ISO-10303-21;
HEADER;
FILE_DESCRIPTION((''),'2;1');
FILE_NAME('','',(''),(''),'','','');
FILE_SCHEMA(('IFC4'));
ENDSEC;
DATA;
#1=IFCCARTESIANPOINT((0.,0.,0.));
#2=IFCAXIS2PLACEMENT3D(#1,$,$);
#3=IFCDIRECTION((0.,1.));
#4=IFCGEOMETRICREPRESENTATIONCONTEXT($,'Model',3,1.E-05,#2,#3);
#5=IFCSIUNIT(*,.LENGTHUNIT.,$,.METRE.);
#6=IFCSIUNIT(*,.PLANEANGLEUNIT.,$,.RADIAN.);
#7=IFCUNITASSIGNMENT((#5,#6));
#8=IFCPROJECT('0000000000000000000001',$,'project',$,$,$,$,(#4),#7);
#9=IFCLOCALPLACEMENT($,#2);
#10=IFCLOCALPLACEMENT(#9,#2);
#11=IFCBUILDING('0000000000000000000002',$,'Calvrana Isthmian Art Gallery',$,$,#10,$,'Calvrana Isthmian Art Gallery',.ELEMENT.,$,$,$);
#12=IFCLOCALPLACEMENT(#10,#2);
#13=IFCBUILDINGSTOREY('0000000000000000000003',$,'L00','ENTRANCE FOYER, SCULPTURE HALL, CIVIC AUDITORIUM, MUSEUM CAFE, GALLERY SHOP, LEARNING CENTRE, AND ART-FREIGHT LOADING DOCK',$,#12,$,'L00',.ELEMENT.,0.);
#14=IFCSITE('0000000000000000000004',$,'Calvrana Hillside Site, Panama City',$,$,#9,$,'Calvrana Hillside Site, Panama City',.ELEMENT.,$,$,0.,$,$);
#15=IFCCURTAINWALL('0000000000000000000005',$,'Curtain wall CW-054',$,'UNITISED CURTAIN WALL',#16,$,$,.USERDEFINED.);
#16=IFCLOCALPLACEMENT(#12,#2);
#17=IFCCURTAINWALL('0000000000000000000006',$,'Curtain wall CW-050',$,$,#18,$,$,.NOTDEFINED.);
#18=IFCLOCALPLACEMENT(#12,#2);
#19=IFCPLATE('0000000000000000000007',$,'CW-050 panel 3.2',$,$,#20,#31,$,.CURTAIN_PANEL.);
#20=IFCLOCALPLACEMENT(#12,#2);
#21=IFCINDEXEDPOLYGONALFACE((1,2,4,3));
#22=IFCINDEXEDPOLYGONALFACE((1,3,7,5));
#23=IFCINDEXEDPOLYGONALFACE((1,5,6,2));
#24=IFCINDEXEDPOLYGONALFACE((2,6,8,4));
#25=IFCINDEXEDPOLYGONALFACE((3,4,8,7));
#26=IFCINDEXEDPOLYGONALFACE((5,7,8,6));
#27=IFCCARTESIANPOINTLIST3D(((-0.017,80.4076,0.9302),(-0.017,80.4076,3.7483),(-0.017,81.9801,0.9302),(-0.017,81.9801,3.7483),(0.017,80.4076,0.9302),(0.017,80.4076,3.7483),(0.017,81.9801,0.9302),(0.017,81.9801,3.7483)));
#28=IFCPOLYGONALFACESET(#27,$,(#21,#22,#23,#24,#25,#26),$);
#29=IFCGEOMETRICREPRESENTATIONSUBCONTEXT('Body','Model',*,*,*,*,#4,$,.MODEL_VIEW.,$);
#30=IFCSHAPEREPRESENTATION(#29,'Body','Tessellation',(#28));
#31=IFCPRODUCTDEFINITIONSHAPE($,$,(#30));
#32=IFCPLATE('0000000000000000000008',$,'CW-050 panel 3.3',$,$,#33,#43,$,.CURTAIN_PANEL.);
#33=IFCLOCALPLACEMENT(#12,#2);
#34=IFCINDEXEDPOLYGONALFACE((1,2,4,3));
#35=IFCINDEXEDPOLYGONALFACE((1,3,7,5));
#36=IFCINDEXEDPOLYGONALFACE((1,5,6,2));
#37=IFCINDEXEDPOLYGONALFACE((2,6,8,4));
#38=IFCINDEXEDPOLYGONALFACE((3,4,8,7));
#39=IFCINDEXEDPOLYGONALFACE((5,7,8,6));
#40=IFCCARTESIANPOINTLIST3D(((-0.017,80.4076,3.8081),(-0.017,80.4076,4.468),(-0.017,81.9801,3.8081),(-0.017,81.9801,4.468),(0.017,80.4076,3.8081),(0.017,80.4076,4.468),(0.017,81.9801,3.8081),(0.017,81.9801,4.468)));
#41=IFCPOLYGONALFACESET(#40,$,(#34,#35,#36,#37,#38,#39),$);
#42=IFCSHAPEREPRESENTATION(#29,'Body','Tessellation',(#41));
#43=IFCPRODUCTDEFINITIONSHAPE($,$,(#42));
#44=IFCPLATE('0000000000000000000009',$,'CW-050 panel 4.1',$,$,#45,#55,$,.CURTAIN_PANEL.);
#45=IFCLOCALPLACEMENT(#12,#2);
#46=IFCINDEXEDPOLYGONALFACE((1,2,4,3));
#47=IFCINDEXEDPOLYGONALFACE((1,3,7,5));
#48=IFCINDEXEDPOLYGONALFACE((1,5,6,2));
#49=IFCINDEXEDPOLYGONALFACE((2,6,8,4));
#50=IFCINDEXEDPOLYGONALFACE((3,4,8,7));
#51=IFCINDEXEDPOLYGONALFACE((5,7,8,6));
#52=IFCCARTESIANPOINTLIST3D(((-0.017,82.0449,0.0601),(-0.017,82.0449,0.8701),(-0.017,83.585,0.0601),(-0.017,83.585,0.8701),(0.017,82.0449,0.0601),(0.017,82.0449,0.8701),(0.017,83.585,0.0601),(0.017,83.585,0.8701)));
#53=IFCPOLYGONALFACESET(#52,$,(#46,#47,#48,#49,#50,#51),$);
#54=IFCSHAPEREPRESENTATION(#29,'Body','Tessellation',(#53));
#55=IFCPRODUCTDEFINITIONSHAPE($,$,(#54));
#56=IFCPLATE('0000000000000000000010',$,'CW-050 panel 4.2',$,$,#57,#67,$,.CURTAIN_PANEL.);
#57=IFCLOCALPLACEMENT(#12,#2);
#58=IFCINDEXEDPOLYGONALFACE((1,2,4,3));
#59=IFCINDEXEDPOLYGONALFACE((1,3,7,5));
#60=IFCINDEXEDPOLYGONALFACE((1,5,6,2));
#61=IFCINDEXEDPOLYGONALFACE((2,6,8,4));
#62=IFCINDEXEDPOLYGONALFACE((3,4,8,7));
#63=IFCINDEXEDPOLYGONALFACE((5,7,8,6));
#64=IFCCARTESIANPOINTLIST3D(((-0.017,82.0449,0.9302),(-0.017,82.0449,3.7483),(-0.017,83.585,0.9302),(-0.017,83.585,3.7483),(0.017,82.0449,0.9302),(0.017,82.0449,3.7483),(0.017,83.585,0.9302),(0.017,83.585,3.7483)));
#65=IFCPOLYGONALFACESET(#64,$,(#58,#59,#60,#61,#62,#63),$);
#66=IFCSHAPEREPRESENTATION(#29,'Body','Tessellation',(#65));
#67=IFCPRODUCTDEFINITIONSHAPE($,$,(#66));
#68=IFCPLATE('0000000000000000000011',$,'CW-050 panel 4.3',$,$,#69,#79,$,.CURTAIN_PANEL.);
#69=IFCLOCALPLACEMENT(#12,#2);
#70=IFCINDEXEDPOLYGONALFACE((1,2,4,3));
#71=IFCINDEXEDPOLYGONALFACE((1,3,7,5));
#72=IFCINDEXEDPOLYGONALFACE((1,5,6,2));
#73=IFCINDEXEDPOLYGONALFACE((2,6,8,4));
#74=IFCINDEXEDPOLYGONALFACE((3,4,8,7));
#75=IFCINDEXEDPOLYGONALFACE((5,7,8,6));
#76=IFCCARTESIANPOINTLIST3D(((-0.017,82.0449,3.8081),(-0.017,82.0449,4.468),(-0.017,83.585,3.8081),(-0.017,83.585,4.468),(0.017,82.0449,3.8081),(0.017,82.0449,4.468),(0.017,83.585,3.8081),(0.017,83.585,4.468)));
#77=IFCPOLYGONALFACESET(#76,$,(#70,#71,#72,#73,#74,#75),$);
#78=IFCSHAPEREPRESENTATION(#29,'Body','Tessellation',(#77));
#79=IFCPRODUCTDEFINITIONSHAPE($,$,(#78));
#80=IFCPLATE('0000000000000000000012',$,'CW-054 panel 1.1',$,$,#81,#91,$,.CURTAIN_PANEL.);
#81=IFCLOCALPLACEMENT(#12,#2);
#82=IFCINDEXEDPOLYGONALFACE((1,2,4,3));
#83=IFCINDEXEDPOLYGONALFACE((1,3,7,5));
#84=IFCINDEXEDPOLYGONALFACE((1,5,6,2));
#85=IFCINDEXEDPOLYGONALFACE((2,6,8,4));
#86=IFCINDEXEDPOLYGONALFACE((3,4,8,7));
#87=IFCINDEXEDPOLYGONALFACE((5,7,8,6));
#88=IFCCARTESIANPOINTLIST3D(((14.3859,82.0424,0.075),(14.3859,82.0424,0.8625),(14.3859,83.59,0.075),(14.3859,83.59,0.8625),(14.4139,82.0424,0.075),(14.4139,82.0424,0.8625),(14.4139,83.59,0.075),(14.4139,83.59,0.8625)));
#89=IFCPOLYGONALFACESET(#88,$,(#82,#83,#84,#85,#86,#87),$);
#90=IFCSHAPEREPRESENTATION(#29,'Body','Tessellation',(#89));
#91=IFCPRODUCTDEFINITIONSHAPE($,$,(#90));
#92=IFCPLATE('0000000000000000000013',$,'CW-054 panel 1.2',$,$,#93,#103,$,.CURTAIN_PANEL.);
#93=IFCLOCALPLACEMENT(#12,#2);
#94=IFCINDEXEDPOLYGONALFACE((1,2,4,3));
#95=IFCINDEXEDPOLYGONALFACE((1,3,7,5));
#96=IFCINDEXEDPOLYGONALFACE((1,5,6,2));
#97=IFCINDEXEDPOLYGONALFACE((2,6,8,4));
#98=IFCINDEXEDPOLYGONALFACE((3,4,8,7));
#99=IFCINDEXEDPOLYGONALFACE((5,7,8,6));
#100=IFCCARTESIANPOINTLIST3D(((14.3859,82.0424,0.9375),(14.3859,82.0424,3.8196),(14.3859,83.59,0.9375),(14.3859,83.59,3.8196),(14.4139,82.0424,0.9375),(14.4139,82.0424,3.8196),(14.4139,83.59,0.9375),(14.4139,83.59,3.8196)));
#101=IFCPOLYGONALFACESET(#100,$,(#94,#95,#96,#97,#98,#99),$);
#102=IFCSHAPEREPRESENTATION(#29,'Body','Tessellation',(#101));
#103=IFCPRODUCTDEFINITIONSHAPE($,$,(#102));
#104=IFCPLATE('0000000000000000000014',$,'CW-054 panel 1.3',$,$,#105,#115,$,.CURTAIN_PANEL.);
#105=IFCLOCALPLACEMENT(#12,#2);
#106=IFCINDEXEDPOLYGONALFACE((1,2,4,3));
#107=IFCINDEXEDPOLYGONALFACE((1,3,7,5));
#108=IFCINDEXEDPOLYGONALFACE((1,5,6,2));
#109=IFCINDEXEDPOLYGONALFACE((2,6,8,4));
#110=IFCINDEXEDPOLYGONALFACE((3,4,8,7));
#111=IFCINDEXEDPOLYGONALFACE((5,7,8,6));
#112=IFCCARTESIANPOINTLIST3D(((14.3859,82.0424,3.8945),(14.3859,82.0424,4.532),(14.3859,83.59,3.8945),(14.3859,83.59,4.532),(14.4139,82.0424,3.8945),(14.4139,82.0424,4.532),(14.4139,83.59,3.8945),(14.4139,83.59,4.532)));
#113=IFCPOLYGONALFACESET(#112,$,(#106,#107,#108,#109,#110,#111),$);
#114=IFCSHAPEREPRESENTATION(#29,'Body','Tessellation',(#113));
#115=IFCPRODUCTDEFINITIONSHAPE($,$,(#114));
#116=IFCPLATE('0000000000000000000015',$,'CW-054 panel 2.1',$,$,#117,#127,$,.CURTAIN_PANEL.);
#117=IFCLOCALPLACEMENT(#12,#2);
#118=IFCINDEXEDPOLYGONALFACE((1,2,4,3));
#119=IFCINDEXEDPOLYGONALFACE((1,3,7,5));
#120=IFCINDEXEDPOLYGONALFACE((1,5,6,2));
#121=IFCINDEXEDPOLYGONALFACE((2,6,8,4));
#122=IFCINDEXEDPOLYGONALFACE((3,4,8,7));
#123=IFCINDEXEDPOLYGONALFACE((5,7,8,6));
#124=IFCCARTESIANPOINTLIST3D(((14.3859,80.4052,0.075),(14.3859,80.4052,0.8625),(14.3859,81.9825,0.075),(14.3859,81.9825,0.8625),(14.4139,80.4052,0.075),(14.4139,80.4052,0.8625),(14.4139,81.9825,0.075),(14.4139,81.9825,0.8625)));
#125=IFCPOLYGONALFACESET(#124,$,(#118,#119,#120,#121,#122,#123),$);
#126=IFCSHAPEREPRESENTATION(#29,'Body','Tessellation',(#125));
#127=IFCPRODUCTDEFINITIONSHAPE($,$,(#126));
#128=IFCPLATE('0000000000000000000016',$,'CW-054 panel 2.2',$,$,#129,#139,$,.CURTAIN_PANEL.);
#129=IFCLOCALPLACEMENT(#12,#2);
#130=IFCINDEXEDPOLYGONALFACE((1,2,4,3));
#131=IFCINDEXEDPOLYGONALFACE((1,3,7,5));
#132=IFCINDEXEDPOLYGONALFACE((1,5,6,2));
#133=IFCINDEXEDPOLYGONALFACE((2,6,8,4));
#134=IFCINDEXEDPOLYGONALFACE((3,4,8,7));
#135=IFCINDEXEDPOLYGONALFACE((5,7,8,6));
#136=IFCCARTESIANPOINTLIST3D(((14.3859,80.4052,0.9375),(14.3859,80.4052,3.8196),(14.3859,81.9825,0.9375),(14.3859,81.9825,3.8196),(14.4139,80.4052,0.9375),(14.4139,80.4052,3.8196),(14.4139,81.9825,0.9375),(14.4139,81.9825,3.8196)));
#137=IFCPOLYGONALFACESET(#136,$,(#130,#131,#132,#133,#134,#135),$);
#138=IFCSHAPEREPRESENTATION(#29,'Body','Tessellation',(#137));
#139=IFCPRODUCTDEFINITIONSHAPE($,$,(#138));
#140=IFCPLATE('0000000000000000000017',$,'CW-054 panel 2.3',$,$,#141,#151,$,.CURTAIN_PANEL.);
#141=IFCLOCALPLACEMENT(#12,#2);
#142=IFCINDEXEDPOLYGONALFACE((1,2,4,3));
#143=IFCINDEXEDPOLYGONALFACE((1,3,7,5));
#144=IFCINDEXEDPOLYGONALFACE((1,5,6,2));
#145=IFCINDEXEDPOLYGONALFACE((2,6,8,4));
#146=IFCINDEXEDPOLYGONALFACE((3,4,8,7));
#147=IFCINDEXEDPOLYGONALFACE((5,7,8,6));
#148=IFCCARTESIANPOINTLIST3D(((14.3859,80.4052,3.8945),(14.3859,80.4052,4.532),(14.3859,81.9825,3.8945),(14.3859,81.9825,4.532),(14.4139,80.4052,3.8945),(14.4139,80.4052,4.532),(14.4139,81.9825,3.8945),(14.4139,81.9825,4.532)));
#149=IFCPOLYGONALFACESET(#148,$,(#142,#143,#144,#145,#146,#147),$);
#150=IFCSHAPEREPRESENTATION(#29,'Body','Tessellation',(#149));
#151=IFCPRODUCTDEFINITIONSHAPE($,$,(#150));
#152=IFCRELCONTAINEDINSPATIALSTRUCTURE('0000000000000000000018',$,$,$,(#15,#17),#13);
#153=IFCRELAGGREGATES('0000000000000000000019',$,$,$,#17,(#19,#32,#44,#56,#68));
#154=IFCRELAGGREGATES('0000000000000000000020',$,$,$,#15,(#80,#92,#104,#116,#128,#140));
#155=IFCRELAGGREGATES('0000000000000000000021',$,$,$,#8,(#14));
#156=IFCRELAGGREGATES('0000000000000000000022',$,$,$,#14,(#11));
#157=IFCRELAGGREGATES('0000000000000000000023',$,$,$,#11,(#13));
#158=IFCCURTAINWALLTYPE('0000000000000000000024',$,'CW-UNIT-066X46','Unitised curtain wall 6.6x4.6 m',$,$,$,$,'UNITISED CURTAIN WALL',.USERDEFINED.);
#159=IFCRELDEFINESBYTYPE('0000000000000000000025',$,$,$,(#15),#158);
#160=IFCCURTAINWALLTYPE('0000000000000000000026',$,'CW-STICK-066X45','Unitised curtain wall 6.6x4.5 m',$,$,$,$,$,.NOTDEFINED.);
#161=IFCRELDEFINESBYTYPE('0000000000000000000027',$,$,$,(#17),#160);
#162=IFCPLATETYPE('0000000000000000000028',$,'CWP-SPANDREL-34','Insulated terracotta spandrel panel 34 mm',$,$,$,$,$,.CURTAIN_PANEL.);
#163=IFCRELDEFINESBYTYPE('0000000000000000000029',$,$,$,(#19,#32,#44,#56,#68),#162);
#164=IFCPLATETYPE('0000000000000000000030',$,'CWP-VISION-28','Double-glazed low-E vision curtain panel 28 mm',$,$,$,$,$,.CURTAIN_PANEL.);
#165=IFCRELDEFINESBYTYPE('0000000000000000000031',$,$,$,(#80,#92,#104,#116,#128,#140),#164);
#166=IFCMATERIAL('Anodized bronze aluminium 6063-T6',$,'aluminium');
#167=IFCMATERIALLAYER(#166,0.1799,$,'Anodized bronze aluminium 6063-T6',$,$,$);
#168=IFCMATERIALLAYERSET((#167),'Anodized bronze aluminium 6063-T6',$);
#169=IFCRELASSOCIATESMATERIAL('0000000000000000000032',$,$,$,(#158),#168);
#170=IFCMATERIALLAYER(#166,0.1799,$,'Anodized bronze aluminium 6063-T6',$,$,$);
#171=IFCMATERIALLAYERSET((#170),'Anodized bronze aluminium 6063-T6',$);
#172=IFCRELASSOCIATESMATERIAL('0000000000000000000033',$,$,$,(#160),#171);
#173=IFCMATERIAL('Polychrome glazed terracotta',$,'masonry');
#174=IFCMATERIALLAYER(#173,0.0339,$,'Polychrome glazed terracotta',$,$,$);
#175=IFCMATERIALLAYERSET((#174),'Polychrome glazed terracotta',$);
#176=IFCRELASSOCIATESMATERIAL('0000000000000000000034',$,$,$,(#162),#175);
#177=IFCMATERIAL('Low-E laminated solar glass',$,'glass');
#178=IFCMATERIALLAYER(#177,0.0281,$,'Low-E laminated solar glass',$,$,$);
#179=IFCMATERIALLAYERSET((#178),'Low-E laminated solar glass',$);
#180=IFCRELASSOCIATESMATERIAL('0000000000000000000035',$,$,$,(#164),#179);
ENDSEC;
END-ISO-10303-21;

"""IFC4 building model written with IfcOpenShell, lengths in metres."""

from ifc_helpers import new_model, si_unit, direction, frame, origin, origin_2d, place, context, subcontext, project, spatial, rectangle, extrude, material, layer, layer_set, type_object, element, aggregate, save


model = new_model("IFC4")

# Units and contexts
model_context = context("Model", 3, precision=1e-05, world=origin(), true_north=direction((0.0, 1.0)))
body_context = subcontext(model_context, "Body", "Model", "MODEL_VIEW")
ifc_project = project(units=[si_unit("LENGTHUNIT", "METRE"), si_unit("PLANEANGLEUNIT", "RADIAN")], contexts=[model_context])

# Site, building, storey
site_placement = place(None, origin())
site = spatial("IfcSite", under=ifc_project, at=site_placement, Name="Calvrana Hillside Site, Panama City", LongName="Calvrana Hillside Site, Panama City", CompositionType="ELEMENT", RefElevation=0.0)
building_placement = place(site_placement, origin())
building = spatial("IfcBuilding", under=site, at=building_placement, Name="Calvrana Isthmian Art Gallery", LongName="Calvrana Isthmian Art Gallery", CompositionType="ELEMENT")
storey_placement = place(building_placement, origin())
storey = spatial("IfcBuildingStorey", under=building, at=storey_placement, Name="L00", Description="ENTRANCE FOYER, SCULPTURE HALL, CIVIC AUDITORIUM, MUSEUM CAFE, GALLERY SHOP, LEARNING CENTRE, AND ART-FREIGHT LOADING DOCK", LongName="L00", CompositionType="ELEMENT", Elevation=0.0)

# Curtain wall
ifc_material_1 = material(Name="Anodized bronze aluminium 6063-T6", Category="aluminium")
ifc_layer_1 = layer(ifc_material_1, 0.1799, Name="Anodized bronze aluminium 6063-T6")
ifc_layer_set_1 = layer_set([ifc_layer_1], Name="Anodized bronze aluminium 6063-T6")
curtain_wall_type_1 = type_object("IfcCurtainWallType", Name="CW-UNIT-066X46", Description="Unitised curtain wall 6.6x4.6 m", ElementType="UNITISED CURTAIN WALL", PredefinedType="USERDEFINED", material=ifc_layer_set_1)
curtain_wall_1_placement = place(storey_placement, origin())
curtain_wall_1 = element("IfcCurtainWall", 1, at=curtain_wall_1_placement, inside=storey, type_object=curtain_wall_type_1, Name="Curtain wall CW-054", ObjectType="UNITISED CURTAIN WALL", PredefinedType="USERDEFINED")

# Curtain wall
ifc_layer_2 = layer(ifc_material_1, 0.1799, Name="Anodized bronze aluminium 6063-T6")
ifc_layer_set_2 = layer_set([ifc_layer_2], Name="Anodized bronze aluminium 6063-T6")
curtain_wall_type_2 = type_object("IfcCurtainWallType", Name="CW-STICK-066X45", Description="Unitised curtain wall 6.6x4.5 m", PredefinedType="NOTDEFINED", material=ifc_layer_set_2)
curtain_wall_2_placement = place(storey_placement, origin())
curtain_wall_2 = element("IfcCurtainWall", 2, at=curtain_wall_2_placement, inside=storey, type_object=curtain_wall_type_2, Name="Curtain wall CW-050", PredefinedType="NOTDEFINED")

# Plates
ifc_material_2 = material(Name="Polychrome glazed terracotta", Category="masonry")
ifc_layer_3 = layer(ifc_material_2, 0.0339, Name="Polychrome glazed terracotta")
ifc_layer_set_3 = layer_set([ifc_layer_3], Name="Polychrome glazed terracotta")
plate_type_1 = type_object("IfcPlateType", Name="CWP-SPANDREL-34", Description="Insulated terracotta spandrel panel 34 mm", PredefinedType="CURTAIN_PANEL", material=ifc_layer_set_3)
plate_1_placement = place(storey_placement, frame((0.0, 81.1938, 0.9302), z_axis=(0.0, 0.0, 1.0), x_axis=(0.0, 1.0, 0.0)))
plate_1 = element("IfcPlate", 3, at=plate_1_placement, type_object=plate_type_1, Name="CW-050 panel 3.2", PredefinedType="CURTAIN_PANEL", context=body_context, shape_type="SweptSolid", body=[
    extrude(rectangle(XDim=1.5725, YDim=0.0339, at=origin_2d()), origin(), (0.0, 0.0, 1.0), 2.8181),
])
plate_2_placement = place(storey_placement, frame((0.0, 81.1938, 3.8081), z_axis=(0.0, 0.0, 1.0), x_axis=(0.0, 1.0, 0.0)))
plate_2 = element("IfcPlate", 4, at=plate_2_placement, type_object=plate_type_1, Name="CW-050 panel 3.3", PredefinedType="CURTAIN_PANEL", context=body_context, shape_type="SweptSolid", body=[
    extrude(rectangle(XDim=1.5725, YDim=0.0339, at=origin_2d()), origin(), (0.0, 0.0, 1.0), 0.6599),
])
plate_3_placement = place(storey_placement, frame((0.0, 82.8149, 0.0601), z_axis=(0.0, 0.0, 1.0), x_axis=(0.0, 1.0, 0.0)))
plate_3 = element("IfcPlate", 5, at=plate_3_placement, type_object=plate_type_1, Name="CW-050 panel 4.1", PredefinedType="CURTAIN_PANEL", context=body_context, shape_type="SweptSolid", body=[
    extrude(rectangle(XDim=1.54, YDim=0.0339, at=origin_2d()), origin(), (0.0, 0.0, 1.0), 0.8101),
])
plate_4_placement = place(storey_placement, frame((0.0, 82.8149, 0.9302), z_axis=(0.0, 0.0, 1.0), x_axis=(0.0, 1.0, 0.0)))
plate_4 = element("IfcPlate", 6, at=plate_4_placement, type_object=plate_type_1, Name="CW-050 panel 4.2", PredefinedType="CURTAIN_PANEL", context=body_context, shape_type="SweptSolid", body=[
    extrude(rectangle(XDim=1.54, YDim=0.0339, at=origin_2d()), origin(), (0.0, 0.0, 1.0), 2.8181),
])
plate_5_placement = place(storey_placement, frame((0.0, 82.8149, 3.8081), z_axis=(0.0, 0.0, 1.0), x_axis=(0.0, 1.0, 0.0)))
plate_5 = element("IfcPlate", 7, at=plate_5_placement, type_object=plate_type_1, Name="CW-050 panel 4.3", PredefinedType="CURTAIN_PANEL", context=body_context, shape_type="SweptSolid", body=[
    extrude(rectangle(XDim=1.54, YDim=0.0339, at=origin_2d()), origin(), (0.0, 0.0, 1.0), 0.6599),
])
aggregate(curtain_wall_2, [plate_1, plate_2, plate_3, plate_4, plate_5])
ifc_material_3 = material(Name="Low-E laminated solar glass", Category="glass")
ifc_layer_4 = layer(ifc_material_3, 0.0281, Name="Low-E laminated solar glass")
ifc_layer_set_4 = layer_set([ifc_layer_4], Name="Low-E laminated solar glass")
plate_type_2 = type_object("IfcPlateType", Name="CWP-VISION-28", Description="Double-glazed low-E vision curtain panel 28 mm", PredefinedType="CURTAIN_PANEL", material=ifc_layer_set_4)
plate_6_placement = place(storey_placement, frame((14.3999, 82.8162, 0.075), z_axis=(0.0, 0.0, 1.0), x_axis=(0.0, -1.0, 0.0)))
plate_6 = element("IfcPlate", 8, at=plate_6_placement, type_object=plate_type_2, Name="CW-054 panel 1.1", PredefinedType="CURTAIN_PANEL", context=body_context, shape_type="SweptSolid", body=[
    extrude(rectangle(XDim=1.5476, YDim=0.0281, at=origin_2d()), origin(), (0.0, 0.0, 1.0), 0.7876),
])
plate_7_placement = place(storey_placement, frame((14.3999, 82.8162, 0.9375), z_axis=(0.0, 0.0, 1.0), x_axis=(0.0, -1.0, 0.0)))
plate_7 = element("IfcPlate", 9, at=plate_7_placement, type_object=plate_type_2, Name="CW-054 panel 1.2", PredefinedType="CURTAIN_PANEL", context=body_context, shape_type="SweptSolid", body=[
    extrude(rectangle(XDim=1.5476, YDim=0.0281, at=origin_2d()), origin(), (0.0, 0.0, 1.0), 2.8821),
])
plate_8_placement = place(storey_placement, frame((14.3999, 82.8162, 3.8945), z_axis=(0.0, 0.0, 1.0), x_axis=(0.0, -1.0, 0.0)))
plate_8 = element("IfcPlate", 10, at=plate_8_placement, type_object=plate_type_2, Name="CW-054 panel 1.3", PredefinedType="CURTAIN_PANEL", context=body_context, shape_type="SweptSolid", body=[
    extrude(rectangle(XDim=1.5476, YDim=0.0281, at=origin_2d()), origin(), (0.0, 0.0, 1.0), 0.6375),
])
plate_9_placement = place(storey_placement, frame((14.3999, 81.1938, 0.075), z_axis=(0.0, 0.0, 1.0), x_axis=(0.0, -1.0, 0.0)))
plate_9 = element("IfcPlate", 11, at=plate_9_placement, type_object=plate_type_2, Name="CW-054 panel 2.1", PredefinedType="CURTAIN_PANEL", context=body_context, shape_type="SweptSolid", body=[
    extrude(rectangle(XDim=1.5774, YDim=0.0281, at=origin_2d()), origin(), (0.0, 0.0, 1.0), 0.7876),
])
plate_10_placement = place(storey_placement, frame((14.3999, 81.1938, 0.9375), z_axis=(0.0, 0.0, 1.0), x_axis=(0.0, -1.0, 0.0)))
plate_10 = element("IfcPlate", 12, at=plate_10_placement, type_object=plate_type_2, Name="CW-054 panel 2.2", PredefinedType="CURTAIN_PANEL", context=body_context, shape_type="SweptSolid", body=[
    extrude(rectangle(XDim=1.5774, YDim=0.0281, at=origin_2d()), origin(), (0.0, 0.0, 1.0), 2.8821),
])
plate_11_placement = place(storey_placement, frame((14.3999, 81.1938, 3.8945), z_axis=(0.0, 0.0, 1.0), x_axis=(0.0, -1.0, 0.0)))
plate_11 = element("IfcPlate", 13, at=plate_11_placement, type_object=plate_type_2, Name="CW-054 panel 2.3", PredefinedType="CURTAIN_PANEL", context=body_context, shape_type="SweptSolid", body=[
    extrude(rectangle(XDim=1.5774, YDim=0.0281, at=origin_2d()), origin(), (0.0, 0.0, 1.0), 0.6375),
])
aggregate(curtain_wall_1, [plate_6, plate_7, plate_8, plate_9, plate_10, plate_11])

save(model, "model.ifc")
